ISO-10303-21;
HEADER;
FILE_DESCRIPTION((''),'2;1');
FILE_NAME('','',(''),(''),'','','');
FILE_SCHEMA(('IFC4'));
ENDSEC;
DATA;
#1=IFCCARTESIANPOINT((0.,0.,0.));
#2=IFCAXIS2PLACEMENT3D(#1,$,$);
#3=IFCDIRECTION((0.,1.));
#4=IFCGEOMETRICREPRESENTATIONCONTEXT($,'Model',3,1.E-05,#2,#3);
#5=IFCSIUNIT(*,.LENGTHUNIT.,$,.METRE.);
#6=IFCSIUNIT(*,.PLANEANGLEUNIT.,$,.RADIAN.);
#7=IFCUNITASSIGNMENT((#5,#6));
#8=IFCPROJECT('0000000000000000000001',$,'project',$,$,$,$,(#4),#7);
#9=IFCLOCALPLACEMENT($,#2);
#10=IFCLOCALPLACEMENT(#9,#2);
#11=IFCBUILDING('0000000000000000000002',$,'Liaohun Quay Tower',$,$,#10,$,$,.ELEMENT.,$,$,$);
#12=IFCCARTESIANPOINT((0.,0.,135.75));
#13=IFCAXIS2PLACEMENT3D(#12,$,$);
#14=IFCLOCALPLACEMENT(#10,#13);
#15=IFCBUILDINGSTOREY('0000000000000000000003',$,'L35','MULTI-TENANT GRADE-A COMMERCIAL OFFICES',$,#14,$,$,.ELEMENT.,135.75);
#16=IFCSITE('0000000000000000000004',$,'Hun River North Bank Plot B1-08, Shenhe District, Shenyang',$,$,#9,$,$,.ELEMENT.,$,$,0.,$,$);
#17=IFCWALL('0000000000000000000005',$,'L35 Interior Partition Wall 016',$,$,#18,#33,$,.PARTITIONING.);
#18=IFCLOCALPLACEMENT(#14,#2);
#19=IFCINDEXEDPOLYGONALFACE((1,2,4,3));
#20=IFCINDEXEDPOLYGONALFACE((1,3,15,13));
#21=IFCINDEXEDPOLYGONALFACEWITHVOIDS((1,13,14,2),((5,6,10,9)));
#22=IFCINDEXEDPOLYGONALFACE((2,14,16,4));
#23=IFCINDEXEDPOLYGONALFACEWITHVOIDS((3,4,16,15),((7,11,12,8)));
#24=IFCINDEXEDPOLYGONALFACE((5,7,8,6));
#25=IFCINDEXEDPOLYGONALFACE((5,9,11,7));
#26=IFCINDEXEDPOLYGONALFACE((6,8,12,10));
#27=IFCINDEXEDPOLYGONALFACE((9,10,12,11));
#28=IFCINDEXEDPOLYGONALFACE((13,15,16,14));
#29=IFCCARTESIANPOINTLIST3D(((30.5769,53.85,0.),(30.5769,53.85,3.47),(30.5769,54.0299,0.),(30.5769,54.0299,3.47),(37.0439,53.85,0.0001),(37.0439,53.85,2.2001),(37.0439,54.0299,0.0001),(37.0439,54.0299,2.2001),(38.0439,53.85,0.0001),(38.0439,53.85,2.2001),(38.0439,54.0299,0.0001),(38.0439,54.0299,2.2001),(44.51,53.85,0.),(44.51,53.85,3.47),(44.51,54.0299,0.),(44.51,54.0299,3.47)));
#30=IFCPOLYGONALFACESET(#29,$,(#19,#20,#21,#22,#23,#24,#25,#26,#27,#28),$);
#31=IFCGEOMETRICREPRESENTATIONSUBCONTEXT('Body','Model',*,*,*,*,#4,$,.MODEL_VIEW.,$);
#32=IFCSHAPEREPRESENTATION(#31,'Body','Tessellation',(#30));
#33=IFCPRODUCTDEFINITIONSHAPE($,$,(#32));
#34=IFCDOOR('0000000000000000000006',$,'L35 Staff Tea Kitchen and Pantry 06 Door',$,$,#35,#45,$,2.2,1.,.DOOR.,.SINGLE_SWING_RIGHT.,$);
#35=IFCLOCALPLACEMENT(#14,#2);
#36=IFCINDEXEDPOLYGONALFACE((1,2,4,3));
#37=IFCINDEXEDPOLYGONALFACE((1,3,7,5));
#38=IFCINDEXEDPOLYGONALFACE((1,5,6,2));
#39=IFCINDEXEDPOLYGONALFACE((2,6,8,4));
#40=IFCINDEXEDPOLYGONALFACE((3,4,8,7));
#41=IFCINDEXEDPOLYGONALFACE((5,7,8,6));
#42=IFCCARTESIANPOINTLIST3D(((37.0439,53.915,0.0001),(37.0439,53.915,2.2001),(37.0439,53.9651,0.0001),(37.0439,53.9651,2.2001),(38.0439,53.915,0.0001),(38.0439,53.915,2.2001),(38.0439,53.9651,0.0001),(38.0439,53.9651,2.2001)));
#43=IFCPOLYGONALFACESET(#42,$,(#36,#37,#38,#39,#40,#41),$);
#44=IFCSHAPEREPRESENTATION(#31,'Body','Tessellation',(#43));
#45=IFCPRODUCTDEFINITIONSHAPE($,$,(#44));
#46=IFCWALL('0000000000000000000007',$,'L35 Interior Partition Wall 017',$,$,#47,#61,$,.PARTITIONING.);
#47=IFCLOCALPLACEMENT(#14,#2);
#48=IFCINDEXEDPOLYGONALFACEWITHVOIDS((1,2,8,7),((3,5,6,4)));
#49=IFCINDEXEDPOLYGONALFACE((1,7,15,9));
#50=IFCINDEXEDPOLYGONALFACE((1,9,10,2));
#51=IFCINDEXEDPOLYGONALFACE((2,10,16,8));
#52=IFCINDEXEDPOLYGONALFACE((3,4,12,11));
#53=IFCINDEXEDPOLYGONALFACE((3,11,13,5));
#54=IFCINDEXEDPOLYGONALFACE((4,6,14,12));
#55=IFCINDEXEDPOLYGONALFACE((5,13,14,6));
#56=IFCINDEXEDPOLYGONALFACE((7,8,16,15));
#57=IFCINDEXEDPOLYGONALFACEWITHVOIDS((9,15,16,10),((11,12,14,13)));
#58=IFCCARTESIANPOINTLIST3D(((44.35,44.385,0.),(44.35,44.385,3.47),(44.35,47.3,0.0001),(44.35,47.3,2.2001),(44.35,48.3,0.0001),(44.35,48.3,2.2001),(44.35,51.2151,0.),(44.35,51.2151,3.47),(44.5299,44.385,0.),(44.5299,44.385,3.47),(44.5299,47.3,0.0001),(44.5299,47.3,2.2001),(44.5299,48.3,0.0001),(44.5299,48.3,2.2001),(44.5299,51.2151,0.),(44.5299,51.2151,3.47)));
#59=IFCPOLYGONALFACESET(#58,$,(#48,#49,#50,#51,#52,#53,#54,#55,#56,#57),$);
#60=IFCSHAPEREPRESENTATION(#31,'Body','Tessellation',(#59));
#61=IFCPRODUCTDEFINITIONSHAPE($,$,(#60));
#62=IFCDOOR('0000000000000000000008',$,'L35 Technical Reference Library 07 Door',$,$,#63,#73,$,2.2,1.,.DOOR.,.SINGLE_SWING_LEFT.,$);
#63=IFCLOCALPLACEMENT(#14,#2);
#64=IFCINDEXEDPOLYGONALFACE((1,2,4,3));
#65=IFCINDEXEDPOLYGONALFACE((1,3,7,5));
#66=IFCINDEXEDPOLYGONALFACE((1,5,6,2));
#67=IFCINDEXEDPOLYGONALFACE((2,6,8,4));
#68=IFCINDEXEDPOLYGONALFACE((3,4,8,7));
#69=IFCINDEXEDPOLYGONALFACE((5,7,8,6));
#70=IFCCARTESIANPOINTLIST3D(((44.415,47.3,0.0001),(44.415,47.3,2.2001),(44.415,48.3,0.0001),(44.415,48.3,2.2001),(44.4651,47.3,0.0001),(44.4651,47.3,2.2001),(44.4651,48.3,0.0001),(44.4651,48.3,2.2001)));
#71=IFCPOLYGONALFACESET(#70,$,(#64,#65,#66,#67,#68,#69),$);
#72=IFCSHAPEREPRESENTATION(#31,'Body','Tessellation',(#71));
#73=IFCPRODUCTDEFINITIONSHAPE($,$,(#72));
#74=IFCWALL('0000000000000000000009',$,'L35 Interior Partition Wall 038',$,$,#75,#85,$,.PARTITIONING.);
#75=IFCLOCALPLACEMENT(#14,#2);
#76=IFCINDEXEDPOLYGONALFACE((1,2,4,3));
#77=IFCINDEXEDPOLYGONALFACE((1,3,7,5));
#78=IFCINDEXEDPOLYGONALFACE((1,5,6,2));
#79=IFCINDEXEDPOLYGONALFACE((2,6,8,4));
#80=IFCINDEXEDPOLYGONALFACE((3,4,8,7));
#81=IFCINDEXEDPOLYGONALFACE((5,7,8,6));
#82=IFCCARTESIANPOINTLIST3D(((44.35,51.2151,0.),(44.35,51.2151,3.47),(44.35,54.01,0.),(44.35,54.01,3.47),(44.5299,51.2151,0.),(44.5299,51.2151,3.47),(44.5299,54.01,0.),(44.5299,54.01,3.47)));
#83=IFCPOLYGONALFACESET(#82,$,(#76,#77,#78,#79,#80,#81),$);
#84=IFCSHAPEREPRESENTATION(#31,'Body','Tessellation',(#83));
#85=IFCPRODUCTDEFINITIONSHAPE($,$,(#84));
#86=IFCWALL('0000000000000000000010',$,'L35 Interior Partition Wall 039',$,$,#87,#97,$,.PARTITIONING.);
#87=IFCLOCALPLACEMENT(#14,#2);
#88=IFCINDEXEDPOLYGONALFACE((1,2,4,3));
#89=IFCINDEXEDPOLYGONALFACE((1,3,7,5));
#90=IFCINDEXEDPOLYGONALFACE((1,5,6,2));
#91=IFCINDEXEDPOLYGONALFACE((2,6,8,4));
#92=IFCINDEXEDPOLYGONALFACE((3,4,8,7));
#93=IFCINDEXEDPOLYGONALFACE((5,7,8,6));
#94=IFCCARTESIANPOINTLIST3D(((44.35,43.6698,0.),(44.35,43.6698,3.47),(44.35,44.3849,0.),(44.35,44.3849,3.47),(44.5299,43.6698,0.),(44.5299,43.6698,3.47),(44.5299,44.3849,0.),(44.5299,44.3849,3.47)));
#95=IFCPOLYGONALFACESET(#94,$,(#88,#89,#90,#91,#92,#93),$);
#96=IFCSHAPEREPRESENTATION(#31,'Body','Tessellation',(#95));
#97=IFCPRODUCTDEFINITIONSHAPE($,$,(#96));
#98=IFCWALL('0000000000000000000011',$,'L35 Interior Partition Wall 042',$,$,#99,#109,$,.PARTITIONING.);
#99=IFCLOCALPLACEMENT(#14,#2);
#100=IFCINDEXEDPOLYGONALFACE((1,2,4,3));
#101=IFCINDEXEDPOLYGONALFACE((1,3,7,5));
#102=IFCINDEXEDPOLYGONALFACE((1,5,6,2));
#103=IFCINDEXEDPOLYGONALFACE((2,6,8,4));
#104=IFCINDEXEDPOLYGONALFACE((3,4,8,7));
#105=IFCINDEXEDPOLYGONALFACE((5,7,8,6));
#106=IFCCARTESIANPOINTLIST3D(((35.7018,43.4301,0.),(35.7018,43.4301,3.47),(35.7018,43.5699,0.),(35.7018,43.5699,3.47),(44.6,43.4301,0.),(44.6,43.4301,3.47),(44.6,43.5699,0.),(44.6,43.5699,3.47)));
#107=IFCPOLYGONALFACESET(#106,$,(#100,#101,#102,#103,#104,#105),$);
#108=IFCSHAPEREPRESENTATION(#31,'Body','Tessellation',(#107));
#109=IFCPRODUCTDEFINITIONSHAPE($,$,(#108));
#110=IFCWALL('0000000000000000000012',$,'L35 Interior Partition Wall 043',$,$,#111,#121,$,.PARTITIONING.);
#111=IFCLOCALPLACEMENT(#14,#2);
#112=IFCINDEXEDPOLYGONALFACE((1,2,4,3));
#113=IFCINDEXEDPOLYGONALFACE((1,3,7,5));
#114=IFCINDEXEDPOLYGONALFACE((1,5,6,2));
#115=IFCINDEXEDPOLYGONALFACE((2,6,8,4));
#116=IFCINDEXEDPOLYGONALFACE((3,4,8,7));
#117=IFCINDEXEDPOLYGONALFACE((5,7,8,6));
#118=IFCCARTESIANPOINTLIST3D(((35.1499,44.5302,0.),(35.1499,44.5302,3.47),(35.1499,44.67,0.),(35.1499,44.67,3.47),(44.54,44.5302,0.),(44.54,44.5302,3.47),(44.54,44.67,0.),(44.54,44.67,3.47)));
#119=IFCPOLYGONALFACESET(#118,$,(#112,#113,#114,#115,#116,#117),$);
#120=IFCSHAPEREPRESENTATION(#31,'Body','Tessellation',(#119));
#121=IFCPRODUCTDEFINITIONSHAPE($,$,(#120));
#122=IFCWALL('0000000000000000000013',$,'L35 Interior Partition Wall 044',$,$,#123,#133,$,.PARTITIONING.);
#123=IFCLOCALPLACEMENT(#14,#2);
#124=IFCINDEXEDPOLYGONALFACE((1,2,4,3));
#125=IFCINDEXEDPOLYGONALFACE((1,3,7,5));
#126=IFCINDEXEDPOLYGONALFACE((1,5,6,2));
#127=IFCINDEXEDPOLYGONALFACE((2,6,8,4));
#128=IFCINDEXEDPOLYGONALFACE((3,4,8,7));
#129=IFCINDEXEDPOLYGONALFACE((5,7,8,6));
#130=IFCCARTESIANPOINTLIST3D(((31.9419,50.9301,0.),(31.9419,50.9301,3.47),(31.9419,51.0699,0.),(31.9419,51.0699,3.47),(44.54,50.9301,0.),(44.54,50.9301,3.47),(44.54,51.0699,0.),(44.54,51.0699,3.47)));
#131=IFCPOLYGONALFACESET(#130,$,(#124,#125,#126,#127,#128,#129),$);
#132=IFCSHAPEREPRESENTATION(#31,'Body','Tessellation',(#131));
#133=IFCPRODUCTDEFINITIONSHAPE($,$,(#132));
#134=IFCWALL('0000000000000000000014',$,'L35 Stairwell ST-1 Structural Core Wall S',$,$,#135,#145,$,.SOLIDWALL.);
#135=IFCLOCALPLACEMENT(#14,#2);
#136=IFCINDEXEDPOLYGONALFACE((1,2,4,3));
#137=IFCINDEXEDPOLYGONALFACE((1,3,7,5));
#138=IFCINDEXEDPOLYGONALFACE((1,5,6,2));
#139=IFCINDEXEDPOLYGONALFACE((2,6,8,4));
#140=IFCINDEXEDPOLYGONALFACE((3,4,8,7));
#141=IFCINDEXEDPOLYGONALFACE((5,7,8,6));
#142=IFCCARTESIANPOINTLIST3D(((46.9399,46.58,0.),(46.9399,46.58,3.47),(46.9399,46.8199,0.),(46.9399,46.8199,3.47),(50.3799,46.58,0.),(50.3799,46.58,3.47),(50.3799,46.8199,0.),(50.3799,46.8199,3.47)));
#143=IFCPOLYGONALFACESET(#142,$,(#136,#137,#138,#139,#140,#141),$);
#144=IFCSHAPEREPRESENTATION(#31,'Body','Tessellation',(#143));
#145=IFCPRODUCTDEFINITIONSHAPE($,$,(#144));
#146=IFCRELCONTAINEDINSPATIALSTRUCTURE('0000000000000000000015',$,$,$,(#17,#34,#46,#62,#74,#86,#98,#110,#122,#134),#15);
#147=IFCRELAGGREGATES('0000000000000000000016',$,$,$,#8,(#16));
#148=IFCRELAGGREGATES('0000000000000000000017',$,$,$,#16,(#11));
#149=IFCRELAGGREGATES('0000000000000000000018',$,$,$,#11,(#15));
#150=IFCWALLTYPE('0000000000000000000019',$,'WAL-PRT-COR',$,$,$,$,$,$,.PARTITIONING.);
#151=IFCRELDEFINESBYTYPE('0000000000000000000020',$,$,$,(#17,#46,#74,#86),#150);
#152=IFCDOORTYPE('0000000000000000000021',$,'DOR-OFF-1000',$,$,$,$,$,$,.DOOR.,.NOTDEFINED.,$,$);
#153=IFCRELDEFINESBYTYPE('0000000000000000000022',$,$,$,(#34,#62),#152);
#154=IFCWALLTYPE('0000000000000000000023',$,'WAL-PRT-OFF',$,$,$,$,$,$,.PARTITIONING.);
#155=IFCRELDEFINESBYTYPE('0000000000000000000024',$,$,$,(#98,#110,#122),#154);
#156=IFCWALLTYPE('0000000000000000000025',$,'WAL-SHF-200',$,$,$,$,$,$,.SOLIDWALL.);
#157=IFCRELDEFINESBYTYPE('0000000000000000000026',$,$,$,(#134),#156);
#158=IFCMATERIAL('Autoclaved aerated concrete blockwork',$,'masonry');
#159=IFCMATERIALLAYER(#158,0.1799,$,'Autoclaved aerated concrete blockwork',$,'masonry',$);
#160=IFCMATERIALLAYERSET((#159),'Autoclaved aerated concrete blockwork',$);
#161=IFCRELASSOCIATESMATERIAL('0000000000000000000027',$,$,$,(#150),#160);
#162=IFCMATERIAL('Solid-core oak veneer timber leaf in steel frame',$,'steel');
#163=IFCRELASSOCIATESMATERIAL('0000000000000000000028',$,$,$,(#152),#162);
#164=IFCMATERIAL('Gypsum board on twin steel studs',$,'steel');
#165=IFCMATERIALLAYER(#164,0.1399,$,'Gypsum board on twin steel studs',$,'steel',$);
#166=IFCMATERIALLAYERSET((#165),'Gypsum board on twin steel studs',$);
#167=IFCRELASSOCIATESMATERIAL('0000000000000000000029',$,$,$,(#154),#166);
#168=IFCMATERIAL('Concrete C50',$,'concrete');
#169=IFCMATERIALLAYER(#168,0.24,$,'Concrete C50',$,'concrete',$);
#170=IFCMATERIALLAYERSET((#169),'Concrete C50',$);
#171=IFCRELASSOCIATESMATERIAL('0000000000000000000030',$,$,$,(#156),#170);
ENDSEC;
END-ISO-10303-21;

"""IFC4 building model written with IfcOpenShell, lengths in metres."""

from ifc_helpers import new_model, si_unit, direction, frame, frame_2d, origin, place, context, subcontext, project, spatial, rectangle, extrude, source, transform, mapped, material, layer, layer_set, type_object, element, fill, save


model = new_model("IFC4")

# Units and contexts
model_context = context("Model", 3, precision=1e-05, world=origin(), true_north=direction((0.0, 1.0)))
body_context = subcontext(model_context, "Body", "Model", "MODEL_VIEW")
ifc_project = project(units=[si_unit("LENGTHUNIT", "METRE"), si_unit("PLANEANGLEUNIT", "RADIAN")], contexts=[model_context])

# Site, building, storey
site_placement = place(None, origin())
site = spatial("IfcSite", under=ifc_project, at=site_placement, Name="Hun River North Bank Plot B1-08, Shenhe District, Shenyang", CompositionType="ELEMENT", RefElevation=0.0)
building_placement = place(site_placement, origin())
building = spatial("IfcBuilding", under=site, at=building_placement, Name="Liaohun Quay Tower", CompositionType="ELEMENT")
storey_placement = place(building_placement, frame((0.0, 0.0, 135.75)))
storey = spatial("IfcBuildingStorey", under=building, at=storey_placement, Name="L35", Description="MULTI-TENANT GRADE-A COMMERCIAL OFFICES", CompositionType="ELEMENT", Elevation=135.75)

# Walls, openings, doors
ifc_material_1 = material(Name="Autoclaved aerated concrete blockwork", Category="masonry")
ifc_layer_1 = layer(ifc_material_1, 0.1799, Name="Autoclaved aerated concrete blockwork", Category="masonry")
ifc_layer_set_1 = layer_set([ifc_layer_1], Name="Autoclaved aerated concrete blockwork")
wall_type_1 = type_object("IfcWallType", Name="WAL-PRT-COR", PredefinedType="PARTITIONING", material=ifc_layer_set_1)
wall_1_placement = place(storey_placement, frame((44.51, 53.9399, 0.0), z_axis=(0.0, 0.0, 1.0), x_axis=(-1.0, 0.0, 0.0)))
wall_1 = element("IfcWall", 1, at=wall_1_placement, inside=storey, type_object=wall_type_1, Name="L35 Interior Partition Wall 016", PredefinedType="PARTITIONING", context=body_context, shape_type="SweptSolid", body=[
    extrude(rectangle(XDim=13.9331, YDim=0.1799, at=frame_2d((6.9666, 0.0))), origin(), (0.0, 0.0, 1.0), 3.47),
])
shared_shape_1 = source(origin(), body_context, "Body", "SweptSolid", [
    extrude(rectangle(XDim=1.0, YDim=2.2, at=frame_2d((0.5, 1.1001))), frame((0.0, 0.0999, 0.0), z_axis=(0.0, -1.0, 0.0), x_axis=(1.0, 0.0, 0.0)), (0.0, 0.0, 1.0), 0.2),
])
opening_1_placement = place(wall_1_placement, frame((6.4661, 0.0, 0.0)))
opening_1 = element("IfcOpeningElement", 2, at=opening_1_placement, cuts=wall_1, PredefinedType="OPENING", context=body_context, shape_type="MappedRepresentation", body=[
    mapped(shared_shape_1, transform((0.0, 0.0, 0.0), x_axis=(1.0, 0.0, 0.0), y_axis=(0.0, 1.0, 0.0), z_axis=(0.0, 0.0, 1.0), scale=1.0)),
])
ifc_material_2 = material(Name="Solid-core oak veneer timber leaf in steel frame", Category="steel")
door_type_1 = type_object("IfcDoorType", Name="DOR-OFF-1000", OperationType="NOTDEFINED", PredefinedType="DOOR", material=ifc_material_2)
shared_shape_2 = source(origin(), body_context, "Body", "SweptSolid", [
    extrude(rectangle(XDim=1.0, YDim=2.2, at=frame_2d((0.5, 1.1001))), frame((0.0, 0.0249, 0.0), z_axis=(0.0, -1.0, 0.0), x_axis=(1.0, 0.0, 0.0)), (0.0, 0.0, 1.0), 0.05),
])
door_1_placement = place(opening_1_placement, origin())
door_1 = element("IfcDoor", 3, at=door_1_placement, inside=storey, type_object=door_type_1, Name="L35 Staff Tea Kitchen and Pantry 06 Door", OperationType="SINGLE_SWING_RIGHT", OverallHeight=2.2, OverallWidth=1.0, PredefinedType="DOOR", context=body_context, shape_type="MappedRepresentation", body=[
    mapped(shared_shape_2, transform((0.0, 0.0, 0.0), x_axis=(1.0, 0.0, 0.0), y_axis=(0.0, 1.0, 0.0), z_axis=(0.0, 0.0, 1.0), scale=1.0)),
])
fill(opening_1, door_1)
wall_2_placement = place(storey_placement, frame((44.4399, 44.385, 0.0), z_axis=(0.0, 0.0, 1.0), x_axis=(0.0, 1.0, 0.0)))
wall_2 = element("IfcWall", 4, at=wall_2_placement, inside=storey, type_object=wall_type_1, Name="L35 Interior Partition Wall 017", PredefinedType="PARTITIONING", context=body_context, shape_type="SweptSolid", body=[
    extrude(rectangle(XDim=6.8301, YDim=0.1799, at=frame_2d((3.415, 0.0))), origin(), (0.0, 0.0, 1.0), 3.47),
])
opening_2_placement = place(wall_2_placement, frame((2.915, 0.0, 0.0)))
opening_2 = element("IfcOpeningElement", 5, at=opening_2_placement, cuts=wall_2, PredefinedType="OPENING", context=body_context, shape_type="MappedRepresentation", body=[
    mapped(shared_shape_1, transform((0.0, 0.0, 0.0), x_axis=(1.0, 0.0, 0.0), y_axis=(0.0, 1.0, 0.0), z_axis=(0.0, 0.0, 1.0), scale=1.0)),
])
door_2_placement = place(opening_2_placement, origin())
door_2 = element("IfcDoor", 6, at=door_2_placement, inside=storey, type_object=door_type_1, Name="L35 Technical Reference Library 07 Door", OperationType="SINGLE_SWING_LEFT", OverallHeight=2.2, OverallWidth=1.0, PredefinedType="DOOR", context=body_context, shape_type="MappedRepresentation", body=[
    mapped(shared_shape_2, transform((0.0, 0.0, 0.0), x_axis=(1.0, 0.0, 0.0), y_axis=(0.0, 1.0, 0.0), z_axis=(0.0, 0.0, 1.0), scale=1.0)),
])
fill(opening_2, door_2)

# Walls
wall_3_placement = place(storey_placement, frame((44.4399, 51.2151, 0.0), z_axis=(0.0, 0.0, 1.0), x_axis=(0.0, 1.0, 0.0)))
element("IfcWall", 7, at=wall_3_placement, inside=storey, type_object=wall_type_1, Name="L35 Interior Partition Wall 038", PredefinedType="PARTITIONING", context=body_context, shape_type="SweptSolid", body=[
    extrude(rectangle(XDim=2.7949, YDim=0.1799, at=frame_2d((1.3975, 0.0))), origin(), (0.0, 0.0, 1.0), 3.47),
])
wall_4_placement = place(storey_placement, frame((44.4399, 43.6699, 0.0), z_axis=(0.0, 0.0, 1.0), x_axis=(0.0, 1.0, 0.0)))
element("IfcWall", 8, at=wall_4_placement, inside=storey, type_object=wall_type_1, Name="L35 Interior Partition Wall 039", PredefinedType="PARTITIONING", context=body_context, shape_type="SweptSolid", body=[
    extrude(rectangle(XDim=0.7151, YDim=0.1799, at=frame_2d((0.3574, 0.0))), origin(), (0.0, 0.0, 1.0), 3.47),
])
ifc_material_3 = material(Name="Gypsum board on twin steel studs", Category="steel")
ifc_layer_2 = layer(ifc_material_3, 0.1399, Name="Gypsum board on twin steel studs", Category="steel")
ifc_layer_set_2 = layer_set([ifc_layer_2], Name="Gypsum board on twin steel studs")
wall_type_2 = type_object("IfcWallType", Name="WAL-PRT-OFF", PredefinedType="PARTITIONING", material=ifc_layer_set_2)
wall_5_placement = place(storey_placement, frame((44.6001, 43.5, 0.0), z_axis=(0.0, 0.0, 1.0), x_axis=(-1.0, 0.0, 0.0)))
element("IfcWall", 9, at=wall_5_placement, inside=storey, type_object=wall_type_2, Name="L35 Interior Partition Wall 042", PredefinedType="PARTITIONING", context=body_context, shape_type="SweptSolid", body=[
    extrude(rectangle(XDim=8.8982, YDim=0.1399, at=frame_2d((4.4492, 0.0))), origin(), (0.0, 0.0, 1.0), 3.47),
])
wall_6_placement = place(storey_placement, frame((44.54, 44.6001, 0.0), z_axis=(0.0, 0.0, 1.0), x_axis=(-1.0, 0.0, 0.0)))
element("IfcWall", 10, at=wall_6_placement, inside=storey, type_object=wall_type_2, Name="L35 Interior Partition Wall 043", PredefinedType="PARTITIONING", context=body_context, shape_type="SweptSolid", body=[
    extrude(rectangle(XDim=9.3901, YDim=0.1399, at=frame_2d((4.6951, 0.0))), origin(), (0.0, 0.0, 1.0), 3.47),
])
wall_7_placement = place(storey_placement, frame((44.54, 51.0, 0.0), z_axis=(0.0, 0.0, 1.0), x_axis=(-1.0, 0.0, 0.0)))
element("IfcWall", 11, at=wall_7_placement, inside=storey, type_object=wall_type_2, Name="L35 Interior Partition Wall 044", PredefinedType="PARTITIONING", context=body_context, shape_type="SweptSolid", body=[
    extrude(rectangle(XDim=12.5981, YDim=0.1399, at=frame_2d((6.2991, 0.0))), origin(), (0.0, 0.0, 1.0), 3.47),
])
ifc_material_4 = material(Name="Concrete C50", Category="concrete")
ifc_layer_3 = layer(ifc_material_4, 0.24, Name="Concrete C50", Category="concrete")
ifc_layer_set_3 = layer_set([ifc_layer_3], Name="Concrete C50")
wall_type_3 = type_object("IfcWallType", Name="WAL-SHF-200", PredefinedType="SOLIDWALL", material=ifc_layer_set_3)
wall_8_placement = place(storey_placement, frame((46.9399, 46.7, 0.0), z_axis=(0.0, 0.0, 1.0), x_axis=(1.0, 0.0, 0.0)))
element("IfcWall", 12, at=wall_8_placement, inside=storey, type_object=wall_type_3, Name="L35 Stairwell ST-1 Structural Core Wall S", PredefinedType="SOLIDWALL", context=body_context, shape_type="SweptSolid", body=[
    extrude(rectangle(XDim=3.4399, YDim=0.24, at=frame_2d((1.72, 0.0))), origin(), (0.0, 0.0, 1.0), 3.47),
])

save(model, "model.ifc")
